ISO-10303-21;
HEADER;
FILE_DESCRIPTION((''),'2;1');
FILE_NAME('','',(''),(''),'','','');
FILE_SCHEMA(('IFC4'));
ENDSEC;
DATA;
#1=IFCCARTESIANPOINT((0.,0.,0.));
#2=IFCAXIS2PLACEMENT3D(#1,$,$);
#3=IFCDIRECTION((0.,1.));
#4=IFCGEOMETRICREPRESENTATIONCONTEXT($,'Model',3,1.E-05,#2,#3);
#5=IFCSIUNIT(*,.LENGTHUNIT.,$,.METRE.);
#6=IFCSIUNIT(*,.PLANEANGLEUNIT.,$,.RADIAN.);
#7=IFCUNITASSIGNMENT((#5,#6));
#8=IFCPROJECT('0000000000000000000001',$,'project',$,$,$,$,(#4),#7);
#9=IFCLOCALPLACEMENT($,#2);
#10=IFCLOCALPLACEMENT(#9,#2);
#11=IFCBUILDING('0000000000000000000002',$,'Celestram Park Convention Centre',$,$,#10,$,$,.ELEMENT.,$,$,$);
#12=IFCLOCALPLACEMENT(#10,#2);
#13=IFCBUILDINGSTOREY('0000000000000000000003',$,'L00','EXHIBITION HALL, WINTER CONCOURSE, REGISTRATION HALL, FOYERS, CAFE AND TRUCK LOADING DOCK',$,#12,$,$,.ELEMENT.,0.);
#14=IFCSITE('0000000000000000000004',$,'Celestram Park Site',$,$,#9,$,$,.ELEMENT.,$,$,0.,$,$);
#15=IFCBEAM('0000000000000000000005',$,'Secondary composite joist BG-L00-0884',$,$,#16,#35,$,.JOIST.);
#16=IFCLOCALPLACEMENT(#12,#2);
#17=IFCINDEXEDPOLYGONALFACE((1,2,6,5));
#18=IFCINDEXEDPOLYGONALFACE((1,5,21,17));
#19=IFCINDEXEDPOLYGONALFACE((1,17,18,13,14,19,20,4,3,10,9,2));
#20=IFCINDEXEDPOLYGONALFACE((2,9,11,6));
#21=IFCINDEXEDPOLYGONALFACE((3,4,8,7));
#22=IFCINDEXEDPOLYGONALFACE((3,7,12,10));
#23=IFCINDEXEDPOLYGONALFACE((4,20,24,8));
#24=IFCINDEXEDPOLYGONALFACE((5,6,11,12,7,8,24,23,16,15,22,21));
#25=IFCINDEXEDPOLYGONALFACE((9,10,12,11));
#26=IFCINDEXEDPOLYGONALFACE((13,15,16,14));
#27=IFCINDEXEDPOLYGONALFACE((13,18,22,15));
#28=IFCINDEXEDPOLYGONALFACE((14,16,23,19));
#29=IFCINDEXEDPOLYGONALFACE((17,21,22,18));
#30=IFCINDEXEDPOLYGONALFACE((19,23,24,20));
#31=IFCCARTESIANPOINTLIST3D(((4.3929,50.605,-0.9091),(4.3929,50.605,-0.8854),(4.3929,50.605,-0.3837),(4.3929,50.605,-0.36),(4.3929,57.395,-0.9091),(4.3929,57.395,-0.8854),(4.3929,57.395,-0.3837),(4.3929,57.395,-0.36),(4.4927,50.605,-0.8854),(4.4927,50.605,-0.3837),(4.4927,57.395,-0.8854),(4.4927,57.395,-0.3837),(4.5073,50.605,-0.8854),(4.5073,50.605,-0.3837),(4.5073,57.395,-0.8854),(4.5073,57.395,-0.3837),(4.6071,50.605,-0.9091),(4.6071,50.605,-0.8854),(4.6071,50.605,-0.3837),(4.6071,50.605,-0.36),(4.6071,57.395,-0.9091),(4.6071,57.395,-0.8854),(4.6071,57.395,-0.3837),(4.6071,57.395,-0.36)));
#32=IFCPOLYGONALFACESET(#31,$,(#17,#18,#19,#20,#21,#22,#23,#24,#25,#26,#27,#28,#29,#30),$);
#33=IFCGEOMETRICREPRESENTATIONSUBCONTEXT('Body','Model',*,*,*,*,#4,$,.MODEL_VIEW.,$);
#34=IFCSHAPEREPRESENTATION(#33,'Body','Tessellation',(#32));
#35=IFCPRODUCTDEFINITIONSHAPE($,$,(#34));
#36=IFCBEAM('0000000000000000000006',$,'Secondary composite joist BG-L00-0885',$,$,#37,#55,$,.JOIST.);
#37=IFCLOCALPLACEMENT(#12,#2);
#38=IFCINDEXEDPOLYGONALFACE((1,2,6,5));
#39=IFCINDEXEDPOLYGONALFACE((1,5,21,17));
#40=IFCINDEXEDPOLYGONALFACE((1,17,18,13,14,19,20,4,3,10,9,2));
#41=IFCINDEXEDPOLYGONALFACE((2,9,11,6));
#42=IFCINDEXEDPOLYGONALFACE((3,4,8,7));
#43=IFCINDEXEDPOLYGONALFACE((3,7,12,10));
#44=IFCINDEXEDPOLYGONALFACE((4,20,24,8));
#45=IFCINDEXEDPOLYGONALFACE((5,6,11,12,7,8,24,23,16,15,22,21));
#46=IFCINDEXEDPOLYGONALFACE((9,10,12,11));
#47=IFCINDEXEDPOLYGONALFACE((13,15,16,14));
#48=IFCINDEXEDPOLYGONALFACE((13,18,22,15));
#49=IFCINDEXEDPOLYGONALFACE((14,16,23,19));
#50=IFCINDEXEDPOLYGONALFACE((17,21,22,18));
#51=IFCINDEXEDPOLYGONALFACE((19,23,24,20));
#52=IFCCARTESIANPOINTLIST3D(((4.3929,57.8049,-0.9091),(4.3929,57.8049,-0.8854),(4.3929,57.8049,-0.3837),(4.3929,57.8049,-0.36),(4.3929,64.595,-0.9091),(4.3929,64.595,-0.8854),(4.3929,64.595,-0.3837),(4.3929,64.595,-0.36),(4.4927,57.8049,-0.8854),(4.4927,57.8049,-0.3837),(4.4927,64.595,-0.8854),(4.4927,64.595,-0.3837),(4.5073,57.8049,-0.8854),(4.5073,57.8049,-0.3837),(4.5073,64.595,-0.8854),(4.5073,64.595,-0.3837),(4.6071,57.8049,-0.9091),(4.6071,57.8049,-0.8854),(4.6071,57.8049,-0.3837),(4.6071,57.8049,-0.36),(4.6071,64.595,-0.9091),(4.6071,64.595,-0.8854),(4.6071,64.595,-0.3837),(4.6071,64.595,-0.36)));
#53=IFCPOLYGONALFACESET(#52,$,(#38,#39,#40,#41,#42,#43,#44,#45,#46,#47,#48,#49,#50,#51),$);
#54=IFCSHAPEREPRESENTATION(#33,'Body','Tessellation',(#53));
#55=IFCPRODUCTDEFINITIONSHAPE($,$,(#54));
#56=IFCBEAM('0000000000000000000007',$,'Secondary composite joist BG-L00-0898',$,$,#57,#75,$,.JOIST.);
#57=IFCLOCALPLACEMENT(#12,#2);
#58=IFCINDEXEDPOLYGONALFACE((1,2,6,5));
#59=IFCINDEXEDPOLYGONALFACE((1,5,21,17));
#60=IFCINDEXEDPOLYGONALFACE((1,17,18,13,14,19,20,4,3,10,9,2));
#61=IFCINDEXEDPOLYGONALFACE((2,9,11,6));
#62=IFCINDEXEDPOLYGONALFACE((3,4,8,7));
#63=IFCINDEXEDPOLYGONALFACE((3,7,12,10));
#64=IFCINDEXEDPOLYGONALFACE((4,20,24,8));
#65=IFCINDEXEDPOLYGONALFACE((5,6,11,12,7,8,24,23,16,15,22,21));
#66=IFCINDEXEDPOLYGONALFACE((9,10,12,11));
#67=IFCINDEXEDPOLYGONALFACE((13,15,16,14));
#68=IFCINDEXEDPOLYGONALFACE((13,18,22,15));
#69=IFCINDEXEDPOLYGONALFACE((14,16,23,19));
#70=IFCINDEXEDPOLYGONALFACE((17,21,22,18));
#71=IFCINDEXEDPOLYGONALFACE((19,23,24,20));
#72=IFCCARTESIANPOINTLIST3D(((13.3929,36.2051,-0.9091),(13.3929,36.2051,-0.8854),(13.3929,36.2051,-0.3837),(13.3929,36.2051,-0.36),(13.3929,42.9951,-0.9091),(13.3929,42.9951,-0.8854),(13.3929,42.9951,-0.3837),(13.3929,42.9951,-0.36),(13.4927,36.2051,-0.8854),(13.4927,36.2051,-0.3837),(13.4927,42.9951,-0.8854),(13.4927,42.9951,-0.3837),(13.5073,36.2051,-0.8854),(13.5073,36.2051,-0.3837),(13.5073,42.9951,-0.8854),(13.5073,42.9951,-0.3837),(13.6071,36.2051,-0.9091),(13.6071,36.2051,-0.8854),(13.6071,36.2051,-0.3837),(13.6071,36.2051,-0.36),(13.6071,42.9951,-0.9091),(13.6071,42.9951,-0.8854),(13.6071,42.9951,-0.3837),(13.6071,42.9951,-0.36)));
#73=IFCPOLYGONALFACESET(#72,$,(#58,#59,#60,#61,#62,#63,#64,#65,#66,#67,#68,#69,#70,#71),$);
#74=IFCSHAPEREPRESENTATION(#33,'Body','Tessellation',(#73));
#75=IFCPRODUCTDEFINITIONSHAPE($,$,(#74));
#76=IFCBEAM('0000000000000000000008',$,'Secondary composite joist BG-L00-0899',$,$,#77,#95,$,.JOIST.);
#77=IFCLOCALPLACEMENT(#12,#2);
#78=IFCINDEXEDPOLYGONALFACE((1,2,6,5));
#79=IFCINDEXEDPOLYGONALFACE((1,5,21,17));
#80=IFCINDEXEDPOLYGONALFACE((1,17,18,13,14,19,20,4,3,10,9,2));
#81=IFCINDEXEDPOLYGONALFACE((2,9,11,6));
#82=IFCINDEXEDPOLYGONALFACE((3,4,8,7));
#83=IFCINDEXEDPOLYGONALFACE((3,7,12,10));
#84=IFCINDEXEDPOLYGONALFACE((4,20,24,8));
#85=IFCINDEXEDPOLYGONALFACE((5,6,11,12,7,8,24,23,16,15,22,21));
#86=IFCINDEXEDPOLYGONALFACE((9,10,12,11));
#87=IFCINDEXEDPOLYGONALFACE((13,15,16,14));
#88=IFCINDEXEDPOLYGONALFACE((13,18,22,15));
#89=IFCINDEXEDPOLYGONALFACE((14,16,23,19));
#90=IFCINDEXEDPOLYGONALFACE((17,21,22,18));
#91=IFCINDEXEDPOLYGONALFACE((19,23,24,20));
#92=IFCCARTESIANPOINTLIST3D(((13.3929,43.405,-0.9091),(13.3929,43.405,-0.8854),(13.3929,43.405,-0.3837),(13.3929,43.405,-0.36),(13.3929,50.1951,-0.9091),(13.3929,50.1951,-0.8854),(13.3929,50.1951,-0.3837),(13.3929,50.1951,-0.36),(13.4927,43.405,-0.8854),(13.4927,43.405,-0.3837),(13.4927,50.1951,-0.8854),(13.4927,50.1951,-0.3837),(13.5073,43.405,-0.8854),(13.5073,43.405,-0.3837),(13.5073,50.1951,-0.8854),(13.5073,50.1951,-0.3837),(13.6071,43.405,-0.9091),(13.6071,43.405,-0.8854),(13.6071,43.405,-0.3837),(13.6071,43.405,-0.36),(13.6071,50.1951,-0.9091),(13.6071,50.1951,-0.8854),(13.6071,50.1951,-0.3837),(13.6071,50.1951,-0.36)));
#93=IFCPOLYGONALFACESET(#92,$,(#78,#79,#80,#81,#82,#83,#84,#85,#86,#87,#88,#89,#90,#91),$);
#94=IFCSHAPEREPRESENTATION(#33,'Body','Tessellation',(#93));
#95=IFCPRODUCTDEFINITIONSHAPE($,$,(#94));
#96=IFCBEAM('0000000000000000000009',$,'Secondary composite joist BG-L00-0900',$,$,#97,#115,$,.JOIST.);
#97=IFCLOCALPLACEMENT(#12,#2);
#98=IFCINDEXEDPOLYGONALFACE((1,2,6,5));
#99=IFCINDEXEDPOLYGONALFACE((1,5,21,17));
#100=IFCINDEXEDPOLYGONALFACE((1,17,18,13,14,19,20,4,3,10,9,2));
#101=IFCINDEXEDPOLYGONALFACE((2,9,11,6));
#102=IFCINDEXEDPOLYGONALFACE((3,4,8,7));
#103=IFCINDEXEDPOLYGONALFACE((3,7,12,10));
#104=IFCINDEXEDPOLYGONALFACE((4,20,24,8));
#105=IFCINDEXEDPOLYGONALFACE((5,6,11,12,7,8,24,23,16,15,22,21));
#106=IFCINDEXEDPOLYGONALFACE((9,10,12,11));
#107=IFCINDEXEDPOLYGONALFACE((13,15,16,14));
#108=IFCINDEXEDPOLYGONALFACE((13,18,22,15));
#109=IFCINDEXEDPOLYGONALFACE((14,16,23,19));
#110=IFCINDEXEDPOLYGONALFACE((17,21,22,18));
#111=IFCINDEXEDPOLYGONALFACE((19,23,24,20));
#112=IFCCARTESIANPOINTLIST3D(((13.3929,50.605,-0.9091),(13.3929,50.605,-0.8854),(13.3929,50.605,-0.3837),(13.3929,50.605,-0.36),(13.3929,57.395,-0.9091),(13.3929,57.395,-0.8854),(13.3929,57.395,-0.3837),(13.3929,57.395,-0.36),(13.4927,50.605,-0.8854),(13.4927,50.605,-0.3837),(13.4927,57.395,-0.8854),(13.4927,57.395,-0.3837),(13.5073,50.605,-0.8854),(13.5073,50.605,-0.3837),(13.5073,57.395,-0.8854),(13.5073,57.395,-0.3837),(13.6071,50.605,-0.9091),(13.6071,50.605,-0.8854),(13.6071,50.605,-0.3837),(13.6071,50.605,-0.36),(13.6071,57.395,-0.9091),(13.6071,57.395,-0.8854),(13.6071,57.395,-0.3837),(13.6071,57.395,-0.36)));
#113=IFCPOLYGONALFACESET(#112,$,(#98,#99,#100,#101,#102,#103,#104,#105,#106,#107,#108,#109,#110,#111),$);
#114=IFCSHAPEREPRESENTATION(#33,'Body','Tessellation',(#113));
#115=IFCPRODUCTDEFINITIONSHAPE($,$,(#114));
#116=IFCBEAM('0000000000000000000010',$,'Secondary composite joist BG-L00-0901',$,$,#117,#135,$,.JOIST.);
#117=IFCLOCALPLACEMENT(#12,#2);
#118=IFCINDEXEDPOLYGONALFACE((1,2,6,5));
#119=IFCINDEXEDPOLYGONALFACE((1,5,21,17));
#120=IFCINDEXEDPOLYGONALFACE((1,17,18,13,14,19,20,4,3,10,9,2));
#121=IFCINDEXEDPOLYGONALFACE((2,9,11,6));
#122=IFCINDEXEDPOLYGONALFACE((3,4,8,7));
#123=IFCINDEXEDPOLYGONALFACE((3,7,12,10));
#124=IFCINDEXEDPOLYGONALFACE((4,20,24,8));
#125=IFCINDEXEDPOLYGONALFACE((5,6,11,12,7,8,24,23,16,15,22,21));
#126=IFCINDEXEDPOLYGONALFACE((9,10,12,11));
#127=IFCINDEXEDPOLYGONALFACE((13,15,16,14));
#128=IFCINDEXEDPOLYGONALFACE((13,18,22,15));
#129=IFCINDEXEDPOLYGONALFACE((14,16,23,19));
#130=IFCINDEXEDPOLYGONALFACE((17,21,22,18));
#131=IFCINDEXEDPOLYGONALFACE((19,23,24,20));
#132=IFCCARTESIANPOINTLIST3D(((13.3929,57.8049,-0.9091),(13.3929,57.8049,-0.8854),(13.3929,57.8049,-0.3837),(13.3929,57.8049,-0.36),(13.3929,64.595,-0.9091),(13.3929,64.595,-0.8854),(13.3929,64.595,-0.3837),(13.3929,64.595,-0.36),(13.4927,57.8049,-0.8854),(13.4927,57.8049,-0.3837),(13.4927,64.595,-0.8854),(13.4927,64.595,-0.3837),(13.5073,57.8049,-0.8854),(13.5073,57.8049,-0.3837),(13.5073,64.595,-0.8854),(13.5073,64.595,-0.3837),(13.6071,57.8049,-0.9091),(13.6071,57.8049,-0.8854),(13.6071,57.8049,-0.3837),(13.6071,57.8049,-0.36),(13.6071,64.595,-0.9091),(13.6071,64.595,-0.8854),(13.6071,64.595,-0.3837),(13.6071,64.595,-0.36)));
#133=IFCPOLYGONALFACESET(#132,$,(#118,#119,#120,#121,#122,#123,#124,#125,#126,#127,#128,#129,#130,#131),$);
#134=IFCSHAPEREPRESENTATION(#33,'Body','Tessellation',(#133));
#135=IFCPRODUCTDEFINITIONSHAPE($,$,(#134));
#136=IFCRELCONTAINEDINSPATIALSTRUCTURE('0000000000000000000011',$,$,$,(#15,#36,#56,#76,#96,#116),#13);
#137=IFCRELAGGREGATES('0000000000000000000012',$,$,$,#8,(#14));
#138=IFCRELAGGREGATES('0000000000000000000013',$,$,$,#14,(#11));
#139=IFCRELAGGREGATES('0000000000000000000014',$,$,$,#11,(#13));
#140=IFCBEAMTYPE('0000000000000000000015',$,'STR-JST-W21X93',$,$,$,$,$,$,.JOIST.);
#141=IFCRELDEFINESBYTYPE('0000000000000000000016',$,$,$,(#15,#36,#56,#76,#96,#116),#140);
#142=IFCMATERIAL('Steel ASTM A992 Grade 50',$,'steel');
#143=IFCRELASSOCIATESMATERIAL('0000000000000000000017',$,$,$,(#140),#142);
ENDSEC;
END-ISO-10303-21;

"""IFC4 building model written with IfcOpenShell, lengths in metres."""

from ifc_helpers import new_model, si_unit, direction, frame, origin, origin_2d, place, context, subcontext, project, spatial, i_section, extrude, material, material_profile, profile_set, type_object, element, save


model = new_model("IFC4")

# Units and contexts
model_context = context("Model", 3, precision=1e-05, world=origin(), true_north=direction((0.0, 1.0)))
body_context = subcontext(model_context, "Body", "Model", "MODEL_VIEW")
ifc_project = project(units=[si_unit("LENGTHUNIT", "METRE"), si_unit("PLANEANGLEUNIT", "RADIAN")], contexts=[model_context])

# Site, building, storey
site_placement = place(None, origin())
site = spatial("IfcSite", under=ifc_project, at=site_placement, Name="Celestram Park Site", CompositionType="ELEMENT", RefElevation=0.0)
building_placement = place(site_placement, origin())
building = spatial("IfcBuilding", under=site, at=building_placement, Name="Celestram Park Convention Centre", CompositionType="ELEMENT")
storey_placement = place(building_placement, origin())
storey = spatial("IfcBuildingStorey", under=building, at=storey_placement, Name="L00", Description="EXHIBITION HALL, WINTER CONCOURSE, REGISTRATION HALL, FOYERS, CAFE AND TRUCK LOADING DOCK", CompositionType="ELEMENT", Elevation=0.0)

# Shared definitions
ifc_material_1 = material(Name="Steel ASTM A992 Grade 50", Category="steel")

# Beams
ifc_material_profile_1 = material_profile(ifc_material_1, i_section(OverallWidth=0.2141, OverallDepth=0.5491, WebThickness=0.0146, FlangeThickness=0.0237, at=origin_2d()), Name="W21X93")
ifc_profile_set_1 = profile_set([ifc_material_profile_1], Name="Steel ASTM A992 Grade 50")
beam_type_1 = type_object("IfcBeamType", Name="STR-JST-W21X93", PredefinedType="JOIST", material=ifc_profile_set_1)
for number, where, z_axis, x_axis, name in (
    (1, (4.5, 50.605, -0.6345), (0.0, 1.0, 0.0), (-1.0, 0.0, 0.0), "Secondary composite joist BG-L00-0884"),
    (2, (4.5, 57.8049, -0.6345), (0.0, 1.0, 0.0), (-1.0, 0.0, 0.0), "Secondary composite joist BG-L00-0885"),
    (3, (13.5, 36.2051, -0.6345), (0.0, 1.0, 0.0), (-1.0, 0.0, 0.0), "Secondary composite joist BG-L00-0898"),
    (4, (13.5, 43.405, -0.6345), (0.0, 1.0, 0.0), (-1.0, 0.0, 0.0), "Secondary composite joist BG-L00-0899"),
    (5, (13.5, 50.605, -0.6345), (0.0, 1.0, 0.0), (-1.0, 0.0, 0.0), "Secondary composite joist BG-L00-0900"),
    (6, (13.5, 57.8049, -0.6345), (0.0, 1.0, 0.0), (-1.0, 0.0, 0.0), "Secondary composite joist BG-L00-0901"),
):
    element("IfcBeam", number, at=place(storey_placement, frame(where, z_axis=z_axis, x_axis=x_axis)), inside=storey, type_object=beam_type_1, Name=name, PredefinedType="JOIST", context=body_context, shape_type="SweptSolid", body=[
        extrude(i_section(OverallWidth=0.2141, OverallDepth=0.5491, WebThickness=0.0146, FlangeThickness=0.0237, at=origin_2d()), origin(), (0.0, 0.0, 1.0), 6.79),
    ])

save(model, "model.ifc")
